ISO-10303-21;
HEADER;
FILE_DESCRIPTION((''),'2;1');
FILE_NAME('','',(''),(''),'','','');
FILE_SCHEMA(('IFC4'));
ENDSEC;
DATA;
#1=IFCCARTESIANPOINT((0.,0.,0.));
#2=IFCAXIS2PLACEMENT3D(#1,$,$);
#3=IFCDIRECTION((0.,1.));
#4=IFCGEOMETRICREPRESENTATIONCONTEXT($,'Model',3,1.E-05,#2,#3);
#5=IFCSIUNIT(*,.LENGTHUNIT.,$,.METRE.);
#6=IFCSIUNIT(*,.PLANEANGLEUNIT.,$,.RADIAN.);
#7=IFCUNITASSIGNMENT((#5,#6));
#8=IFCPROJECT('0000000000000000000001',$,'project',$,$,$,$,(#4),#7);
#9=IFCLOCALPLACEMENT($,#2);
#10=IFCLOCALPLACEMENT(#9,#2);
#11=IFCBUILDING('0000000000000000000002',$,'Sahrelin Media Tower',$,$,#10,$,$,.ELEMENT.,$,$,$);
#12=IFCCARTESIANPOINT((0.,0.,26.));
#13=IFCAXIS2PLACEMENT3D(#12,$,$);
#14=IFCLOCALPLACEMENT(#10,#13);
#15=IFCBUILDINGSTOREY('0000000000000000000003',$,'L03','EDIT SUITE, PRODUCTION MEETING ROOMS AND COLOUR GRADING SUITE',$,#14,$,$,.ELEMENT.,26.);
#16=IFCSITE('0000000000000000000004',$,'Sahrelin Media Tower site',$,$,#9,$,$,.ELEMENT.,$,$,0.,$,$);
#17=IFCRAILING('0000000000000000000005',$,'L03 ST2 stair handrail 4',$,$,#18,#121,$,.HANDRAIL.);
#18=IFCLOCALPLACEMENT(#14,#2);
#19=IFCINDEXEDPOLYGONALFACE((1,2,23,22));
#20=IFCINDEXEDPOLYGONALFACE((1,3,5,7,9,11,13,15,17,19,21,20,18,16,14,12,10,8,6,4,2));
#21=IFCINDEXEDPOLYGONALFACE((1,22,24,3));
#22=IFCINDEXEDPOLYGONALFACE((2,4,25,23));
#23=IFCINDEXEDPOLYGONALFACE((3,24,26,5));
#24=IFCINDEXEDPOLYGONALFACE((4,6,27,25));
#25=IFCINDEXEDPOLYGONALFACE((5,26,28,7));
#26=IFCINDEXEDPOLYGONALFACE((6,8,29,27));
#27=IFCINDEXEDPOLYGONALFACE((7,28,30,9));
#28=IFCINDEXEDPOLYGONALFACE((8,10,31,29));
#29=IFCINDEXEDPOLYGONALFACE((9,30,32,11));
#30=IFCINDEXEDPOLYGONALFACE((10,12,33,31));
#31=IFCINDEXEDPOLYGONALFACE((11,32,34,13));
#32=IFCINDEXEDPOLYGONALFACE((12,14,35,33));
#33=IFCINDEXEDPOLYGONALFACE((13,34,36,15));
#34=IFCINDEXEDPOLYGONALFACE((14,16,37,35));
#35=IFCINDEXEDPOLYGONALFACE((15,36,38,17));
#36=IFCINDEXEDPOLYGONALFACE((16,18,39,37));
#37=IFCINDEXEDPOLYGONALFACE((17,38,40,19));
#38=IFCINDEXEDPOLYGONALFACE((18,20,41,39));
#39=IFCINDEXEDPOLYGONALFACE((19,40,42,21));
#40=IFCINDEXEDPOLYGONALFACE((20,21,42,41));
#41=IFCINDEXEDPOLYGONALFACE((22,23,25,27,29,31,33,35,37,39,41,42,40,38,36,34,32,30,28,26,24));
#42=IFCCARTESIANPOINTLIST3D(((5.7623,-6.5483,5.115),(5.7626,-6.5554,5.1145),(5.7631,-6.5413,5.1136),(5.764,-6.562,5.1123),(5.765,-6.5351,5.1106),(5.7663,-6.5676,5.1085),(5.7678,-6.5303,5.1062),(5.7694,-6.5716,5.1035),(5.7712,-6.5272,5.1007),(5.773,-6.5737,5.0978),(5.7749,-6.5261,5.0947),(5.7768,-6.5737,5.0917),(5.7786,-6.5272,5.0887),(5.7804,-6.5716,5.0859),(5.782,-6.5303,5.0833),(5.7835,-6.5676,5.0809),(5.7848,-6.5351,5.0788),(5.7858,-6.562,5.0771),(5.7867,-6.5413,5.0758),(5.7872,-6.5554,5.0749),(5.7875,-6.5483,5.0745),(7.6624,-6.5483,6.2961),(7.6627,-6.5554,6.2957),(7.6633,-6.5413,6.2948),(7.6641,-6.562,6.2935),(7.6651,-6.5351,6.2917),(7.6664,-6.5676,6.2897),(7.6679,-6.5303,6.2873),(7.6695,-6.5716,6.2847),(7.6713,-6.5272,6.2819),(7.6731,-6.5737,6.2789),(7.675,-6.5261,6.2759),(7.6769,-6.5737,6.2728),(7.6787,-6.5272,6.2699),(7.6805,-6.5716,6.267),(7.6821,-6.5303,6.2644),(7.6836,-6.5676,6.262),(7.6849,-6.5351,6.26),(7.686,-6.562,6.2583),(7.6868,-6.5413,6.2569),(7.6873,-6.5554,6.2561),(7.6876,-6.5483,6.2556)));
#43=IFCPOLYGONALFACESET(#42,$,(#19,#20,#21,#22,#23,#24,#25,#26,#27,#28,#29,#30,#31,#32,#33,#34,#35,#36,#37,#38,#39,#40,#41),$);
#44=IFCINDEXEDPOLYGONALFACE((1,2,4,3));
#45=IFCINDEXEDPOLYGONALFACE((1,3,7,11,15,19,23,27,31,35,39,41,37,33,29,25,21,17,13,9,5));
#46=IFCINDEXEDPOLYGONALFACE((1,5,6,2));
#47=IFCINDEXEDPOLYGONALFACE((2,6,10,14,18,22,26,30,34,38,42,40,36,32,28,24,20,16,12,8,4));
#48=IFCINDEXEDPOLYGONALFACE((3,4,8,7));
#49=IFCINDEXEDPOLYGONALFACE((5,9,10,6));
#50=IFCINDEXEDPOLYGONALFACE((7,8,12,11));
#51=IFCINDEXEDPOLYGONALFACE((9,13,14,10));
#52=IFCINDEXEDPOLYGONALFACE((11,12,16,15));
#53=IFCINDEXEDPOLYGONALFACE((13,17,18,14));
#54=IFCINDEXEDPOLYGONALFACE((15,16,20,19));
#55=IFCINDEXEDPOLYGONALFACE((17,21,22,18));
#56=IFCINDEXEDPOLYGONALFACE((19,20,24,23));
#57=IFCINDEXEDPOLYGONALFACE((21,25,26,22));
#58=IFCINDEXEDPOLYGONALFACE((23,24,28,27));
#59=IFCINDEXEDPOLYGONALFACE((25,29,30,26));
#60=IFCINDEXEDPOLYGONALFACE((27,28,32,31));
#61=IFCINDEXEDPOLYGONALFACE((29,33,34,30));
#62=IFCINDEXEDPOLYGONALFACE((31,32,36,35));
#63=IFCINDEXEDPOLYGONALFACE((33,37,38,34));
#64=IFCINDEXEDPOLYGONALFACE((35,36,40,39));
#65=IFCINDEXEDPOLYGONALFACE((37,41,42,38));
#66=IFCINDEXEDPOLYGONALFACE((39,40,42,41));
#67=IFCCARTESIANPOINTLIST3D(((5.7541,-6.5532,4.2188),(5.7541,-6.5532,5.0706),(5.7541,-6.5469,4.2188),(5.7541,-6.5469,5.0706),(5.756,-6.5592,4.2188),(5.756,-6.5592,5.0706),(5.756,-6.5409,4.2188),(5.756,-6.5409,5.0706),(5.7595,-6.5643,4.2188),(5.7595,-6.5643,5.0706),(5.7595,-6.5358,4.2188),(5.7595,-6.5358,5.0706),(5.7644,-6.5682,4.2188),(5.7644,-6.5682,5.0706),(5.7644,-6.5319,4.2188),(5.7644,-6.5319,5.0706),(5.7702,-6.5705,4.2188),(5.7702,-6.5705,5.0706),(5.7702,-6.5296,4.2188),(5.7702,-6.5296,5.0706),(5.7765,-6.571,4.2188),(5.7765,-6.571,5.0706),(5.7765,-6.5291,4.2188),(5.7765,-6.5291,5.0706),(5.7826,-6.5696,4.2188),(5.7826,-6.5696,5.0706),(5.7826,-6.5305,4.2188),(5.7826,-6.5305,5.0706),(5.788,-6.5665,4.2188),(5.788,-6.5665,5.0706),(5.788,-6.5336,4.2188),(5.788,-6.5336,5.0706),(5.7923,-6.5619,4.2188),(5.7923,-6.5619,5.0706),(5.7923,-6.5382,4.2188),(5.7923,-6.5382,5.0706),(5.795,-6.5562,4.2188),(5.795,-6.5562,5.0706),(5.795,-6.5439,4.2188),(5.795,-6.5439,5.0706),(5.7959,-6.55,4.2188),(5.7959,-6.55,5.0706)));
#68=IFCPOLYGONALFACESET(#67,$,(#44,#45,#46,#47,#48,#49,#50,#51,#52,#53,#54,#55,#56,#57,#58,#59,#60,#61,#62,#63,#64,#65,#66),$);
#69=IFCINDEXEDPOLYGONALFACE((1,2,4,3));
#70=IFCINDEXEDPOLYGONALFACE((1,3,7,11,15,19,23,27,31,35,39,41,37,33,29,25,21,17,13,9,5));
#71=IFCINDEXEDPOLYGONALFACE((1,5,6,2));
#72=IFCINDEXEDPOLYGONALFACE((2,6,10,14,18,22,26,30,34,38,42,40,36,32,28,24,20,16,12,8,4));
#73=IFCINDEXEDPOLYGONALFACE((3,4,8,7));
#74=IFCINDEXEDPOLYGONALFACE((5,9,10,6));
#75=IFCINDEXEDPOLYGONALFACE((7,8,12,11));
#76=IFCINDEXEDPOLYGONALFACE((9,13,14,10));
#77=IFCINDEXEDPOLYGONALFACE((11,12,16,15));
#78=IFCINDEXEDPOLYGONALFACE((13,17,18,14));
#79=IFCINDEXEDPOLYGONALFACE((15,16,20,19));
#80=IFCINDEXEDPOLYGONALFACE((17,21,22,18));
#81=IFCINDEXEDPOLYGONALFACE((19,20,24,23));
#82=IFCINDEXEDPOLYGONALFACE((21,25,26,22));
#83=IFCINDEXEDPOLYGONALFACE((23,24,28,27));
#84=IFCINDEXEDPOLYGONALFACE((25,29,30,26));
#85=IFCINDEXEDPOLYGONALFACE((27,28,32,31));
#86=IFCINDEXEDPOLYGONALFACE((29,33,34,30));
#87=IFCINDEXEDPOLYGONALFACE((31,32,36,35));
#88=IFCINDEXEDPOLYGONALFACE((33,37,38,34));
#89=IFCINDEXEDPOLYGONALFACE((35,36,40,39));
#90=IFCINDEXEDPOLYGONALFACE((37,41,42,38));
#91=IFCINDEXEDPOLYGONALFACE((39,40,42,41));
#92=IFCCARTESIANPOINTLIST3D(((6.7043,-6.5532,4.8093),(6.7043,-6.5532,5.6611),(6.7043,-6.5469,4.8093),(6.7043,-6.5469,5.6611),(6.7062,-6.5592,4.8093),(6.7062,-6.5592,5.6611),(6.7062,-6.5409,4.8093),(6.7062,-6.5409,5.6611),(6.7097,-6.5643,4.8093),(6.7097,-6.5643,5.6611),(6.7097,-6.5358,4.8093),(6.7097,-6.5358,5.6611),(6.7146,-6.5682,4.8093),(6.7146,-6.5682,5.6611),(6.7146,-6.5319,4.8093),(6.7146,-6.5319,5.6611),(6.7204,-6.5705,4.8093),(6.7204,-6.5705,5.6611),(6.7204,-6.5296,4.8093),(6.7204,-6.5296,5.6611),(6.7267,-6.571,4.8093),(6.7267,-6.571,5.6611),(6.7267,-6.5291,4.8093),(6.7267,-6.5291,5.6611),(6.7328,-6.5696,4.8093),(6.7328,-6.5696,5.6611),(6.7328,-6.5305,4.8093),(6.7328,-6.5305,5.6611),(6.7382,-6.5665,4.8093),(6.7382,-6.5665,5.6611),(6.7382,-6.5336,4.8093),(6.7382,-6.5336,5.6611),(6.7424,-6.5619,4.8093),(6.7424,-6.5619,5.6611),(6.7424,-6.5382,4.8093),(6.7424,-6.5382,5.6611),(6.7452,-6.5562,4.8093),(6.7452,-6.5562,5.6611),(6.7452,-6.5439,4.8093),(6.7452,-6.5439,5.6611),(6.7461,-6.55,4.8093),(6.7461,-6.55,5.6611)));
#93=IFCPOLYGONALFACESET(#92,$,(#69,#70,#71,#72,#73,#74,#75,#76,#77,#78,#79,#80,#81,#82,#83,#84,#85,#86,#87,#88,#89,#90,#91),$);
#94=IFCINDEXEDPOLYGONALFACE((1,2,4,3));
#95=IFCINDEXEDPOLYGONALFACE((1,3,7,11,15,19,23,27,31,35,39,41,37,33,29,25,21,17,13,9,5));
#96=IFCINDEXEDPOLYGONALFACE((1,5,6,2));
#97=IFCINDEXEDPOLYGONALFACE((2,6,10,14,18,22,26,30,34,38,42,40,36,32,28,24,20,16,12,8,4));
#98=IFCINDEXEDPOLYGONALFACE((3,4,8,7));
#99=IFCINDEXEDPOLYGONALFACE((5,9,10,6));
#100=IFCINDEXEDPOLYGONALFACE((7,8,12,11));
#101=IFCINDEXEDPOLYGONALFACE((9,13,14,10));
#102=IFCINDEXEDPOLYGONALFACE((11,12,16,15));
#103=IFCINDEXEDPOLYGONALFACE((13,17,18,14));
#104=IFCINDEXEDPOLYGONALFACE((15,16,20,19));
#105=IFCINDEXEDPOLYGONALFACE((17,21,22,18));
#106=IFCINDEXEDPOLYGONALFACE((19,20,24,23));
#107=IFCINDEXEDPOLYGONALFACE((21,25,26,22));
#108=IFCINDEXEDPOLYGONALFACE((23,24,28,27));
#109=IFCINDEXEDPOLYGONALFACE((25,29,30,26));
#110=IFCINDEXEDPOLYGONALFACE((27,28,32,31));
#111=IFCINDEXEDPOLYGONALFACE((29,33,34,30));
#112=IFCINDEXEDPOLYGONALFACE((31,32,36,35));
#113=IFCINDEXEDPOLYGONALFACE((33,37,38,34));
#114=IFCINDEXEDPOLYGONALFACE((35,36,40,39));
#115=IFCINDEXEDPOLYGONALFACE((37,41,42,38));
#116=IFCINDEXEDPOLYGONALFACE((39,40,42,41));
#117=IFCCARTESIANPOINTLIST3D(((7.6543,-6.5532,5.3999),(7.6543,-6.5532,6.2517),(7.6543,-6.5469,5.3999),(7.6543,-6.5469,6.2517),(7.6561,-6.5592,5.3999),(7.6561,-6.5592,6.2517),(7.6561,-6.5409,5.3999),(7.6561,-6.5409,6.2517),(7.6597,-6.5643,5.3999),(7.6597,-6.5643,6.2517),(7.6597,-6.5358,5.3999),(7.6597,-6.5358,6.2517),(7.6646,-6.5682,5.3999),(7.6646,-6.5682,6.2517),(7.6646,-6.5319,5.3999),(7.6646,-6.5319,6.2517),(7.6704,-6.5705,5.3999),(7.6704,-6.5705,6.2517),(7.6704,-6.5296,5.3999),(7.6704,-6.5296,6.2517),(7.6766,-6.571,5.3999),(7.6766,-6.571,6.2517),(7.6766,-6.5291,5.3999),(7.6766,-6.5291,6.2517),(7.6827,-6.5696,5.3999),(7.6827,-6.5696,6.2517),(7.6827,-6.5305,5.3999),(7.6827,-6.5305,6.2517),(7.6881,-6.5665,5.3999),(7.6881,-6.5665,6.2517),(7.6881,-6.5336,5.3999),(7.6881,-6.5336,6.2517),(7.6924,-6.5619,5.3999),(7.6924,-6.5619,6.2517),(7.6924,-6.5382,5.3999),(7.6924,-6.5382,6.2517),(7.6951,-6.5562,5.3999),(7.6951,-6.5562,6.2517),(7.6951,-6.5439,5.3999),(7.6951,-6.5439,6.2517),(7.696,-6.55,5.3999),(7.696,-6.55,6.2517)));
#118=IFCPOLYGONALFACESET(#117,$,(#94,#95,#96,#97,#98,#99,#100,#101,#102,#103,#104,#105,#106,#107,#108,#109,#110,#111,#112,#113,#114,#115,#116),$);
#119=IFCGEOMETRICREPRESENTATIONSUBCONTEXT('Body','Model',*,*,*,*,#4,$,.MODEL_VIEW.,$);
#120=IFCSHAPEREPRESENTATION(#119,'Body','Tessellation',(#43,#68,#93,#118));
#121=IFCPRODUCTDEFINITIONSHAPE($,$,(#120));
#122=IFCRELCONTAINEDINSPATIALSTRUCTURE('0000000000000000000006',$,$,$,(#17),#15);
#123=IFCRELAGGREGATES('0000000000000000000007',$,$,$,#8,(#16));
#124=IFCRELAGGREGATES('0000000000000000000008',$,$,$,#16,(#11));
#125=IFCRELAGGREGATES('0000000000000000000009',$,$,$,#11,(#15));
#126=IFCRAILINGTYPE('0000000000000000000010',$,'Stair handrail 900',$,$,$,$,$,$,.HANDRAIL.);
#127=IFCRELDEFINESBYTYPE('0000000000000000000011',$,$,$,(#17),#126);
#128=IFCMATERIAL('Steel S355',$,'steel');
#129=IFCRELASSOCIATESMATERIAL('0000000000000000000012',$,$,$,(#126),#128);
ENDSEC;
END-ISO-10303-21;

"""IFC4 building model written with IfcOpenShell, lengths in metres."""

from ifc_helpers import new_model, si_unit, direction, frame, origin, origin_2d, place, context, subcontext, project, spatial, circle, extrude, material, type_object, element, save


model = new_model("IFC4")

# Units and contexts
model_context = context("Model", 3, precision=1e-05, world=origin(), true_north=direction((0.0, 1.0)))
body_context = subcontext(model_context, "Body", "Model", "MODEL_VIEW")
ifc_project = project(units=[si_unit("LENGTHUNIT", "METRE"), si_unit("PLANEANGLEUNIT", "RADIAN")], contexts=[model_context])

# Site, building, storey
site_placement = place(None, origin())
site = spatial("IfcSite", under=ifc_project, at=site_placement, Name="Sahrelin Media Tower site", CompositionType="ELEMENT", RefElevation=0.0)
building_placement = place(site_placement, origin())
building = spatial("IfcBuilding", under=site, at=building_placement, Name="Sahrelin Media Tower", CompositionType="ELEMENT")
storey_placement = place(building_placement, frame((0.0, 0.0, 26.0)))
storey = spatial("IfcBuildingStorey", under=building, at=storey_placement, Name="L03", Description="EDIT SUITE, PRODUCTION MEETING ROOMS AND COLOUR GRADING SUITE", CompositionType="ELEMENT", Elevation=26.0)

# Shared definitions
ifc_material_1 = material(Name="Steel S355", Category="steel")

# Railing
railing_type_1 = type_object("IfcRailingType", Name="Stair handrail 900", PredefinedType="HANDRAIL", material=ifc_material_1)
for number, where, name in (
    (1, (5.7749, -6.55, 4.2188), "L03 ST2 stair handrail 4"),
):
    element("IfcRailing", number, at=place(storey_placement, frame(where)), inside=storey, type_object=railing_type_1, Name=name, PredefinedType="HANDRAIL", context=body_context, shape_type="SweptSolid", body=[
        extrude(circle(Radius=0.0239, at=origin_2d()), frame((0.0, 0.0, 0.876), z_axis=(0.849289, 0.0, 0.527928), x_axis=(0.0, 1.0, 0.0)), (0.0, 0.0, 1.0), 2.2373),
        extrude(circle(Radius=0.021, at=origin_2d()), origin(), (0.0, 0.0, 1.0), 0.8518),
        extrude(circle(Radius=0.021, at=origin_2d()), frame((0.9502, 0.0, 0.5906)), (0.0, 0.0, 1.0), 0.8518),
        extrude(circle(Radius=0.021, at=origin_2d()), frame((1.9001, 0.0, 1.1812)), (0.0, 0.0, 1.0), 0.8518),
    ])

save(model, "model.ifc")
